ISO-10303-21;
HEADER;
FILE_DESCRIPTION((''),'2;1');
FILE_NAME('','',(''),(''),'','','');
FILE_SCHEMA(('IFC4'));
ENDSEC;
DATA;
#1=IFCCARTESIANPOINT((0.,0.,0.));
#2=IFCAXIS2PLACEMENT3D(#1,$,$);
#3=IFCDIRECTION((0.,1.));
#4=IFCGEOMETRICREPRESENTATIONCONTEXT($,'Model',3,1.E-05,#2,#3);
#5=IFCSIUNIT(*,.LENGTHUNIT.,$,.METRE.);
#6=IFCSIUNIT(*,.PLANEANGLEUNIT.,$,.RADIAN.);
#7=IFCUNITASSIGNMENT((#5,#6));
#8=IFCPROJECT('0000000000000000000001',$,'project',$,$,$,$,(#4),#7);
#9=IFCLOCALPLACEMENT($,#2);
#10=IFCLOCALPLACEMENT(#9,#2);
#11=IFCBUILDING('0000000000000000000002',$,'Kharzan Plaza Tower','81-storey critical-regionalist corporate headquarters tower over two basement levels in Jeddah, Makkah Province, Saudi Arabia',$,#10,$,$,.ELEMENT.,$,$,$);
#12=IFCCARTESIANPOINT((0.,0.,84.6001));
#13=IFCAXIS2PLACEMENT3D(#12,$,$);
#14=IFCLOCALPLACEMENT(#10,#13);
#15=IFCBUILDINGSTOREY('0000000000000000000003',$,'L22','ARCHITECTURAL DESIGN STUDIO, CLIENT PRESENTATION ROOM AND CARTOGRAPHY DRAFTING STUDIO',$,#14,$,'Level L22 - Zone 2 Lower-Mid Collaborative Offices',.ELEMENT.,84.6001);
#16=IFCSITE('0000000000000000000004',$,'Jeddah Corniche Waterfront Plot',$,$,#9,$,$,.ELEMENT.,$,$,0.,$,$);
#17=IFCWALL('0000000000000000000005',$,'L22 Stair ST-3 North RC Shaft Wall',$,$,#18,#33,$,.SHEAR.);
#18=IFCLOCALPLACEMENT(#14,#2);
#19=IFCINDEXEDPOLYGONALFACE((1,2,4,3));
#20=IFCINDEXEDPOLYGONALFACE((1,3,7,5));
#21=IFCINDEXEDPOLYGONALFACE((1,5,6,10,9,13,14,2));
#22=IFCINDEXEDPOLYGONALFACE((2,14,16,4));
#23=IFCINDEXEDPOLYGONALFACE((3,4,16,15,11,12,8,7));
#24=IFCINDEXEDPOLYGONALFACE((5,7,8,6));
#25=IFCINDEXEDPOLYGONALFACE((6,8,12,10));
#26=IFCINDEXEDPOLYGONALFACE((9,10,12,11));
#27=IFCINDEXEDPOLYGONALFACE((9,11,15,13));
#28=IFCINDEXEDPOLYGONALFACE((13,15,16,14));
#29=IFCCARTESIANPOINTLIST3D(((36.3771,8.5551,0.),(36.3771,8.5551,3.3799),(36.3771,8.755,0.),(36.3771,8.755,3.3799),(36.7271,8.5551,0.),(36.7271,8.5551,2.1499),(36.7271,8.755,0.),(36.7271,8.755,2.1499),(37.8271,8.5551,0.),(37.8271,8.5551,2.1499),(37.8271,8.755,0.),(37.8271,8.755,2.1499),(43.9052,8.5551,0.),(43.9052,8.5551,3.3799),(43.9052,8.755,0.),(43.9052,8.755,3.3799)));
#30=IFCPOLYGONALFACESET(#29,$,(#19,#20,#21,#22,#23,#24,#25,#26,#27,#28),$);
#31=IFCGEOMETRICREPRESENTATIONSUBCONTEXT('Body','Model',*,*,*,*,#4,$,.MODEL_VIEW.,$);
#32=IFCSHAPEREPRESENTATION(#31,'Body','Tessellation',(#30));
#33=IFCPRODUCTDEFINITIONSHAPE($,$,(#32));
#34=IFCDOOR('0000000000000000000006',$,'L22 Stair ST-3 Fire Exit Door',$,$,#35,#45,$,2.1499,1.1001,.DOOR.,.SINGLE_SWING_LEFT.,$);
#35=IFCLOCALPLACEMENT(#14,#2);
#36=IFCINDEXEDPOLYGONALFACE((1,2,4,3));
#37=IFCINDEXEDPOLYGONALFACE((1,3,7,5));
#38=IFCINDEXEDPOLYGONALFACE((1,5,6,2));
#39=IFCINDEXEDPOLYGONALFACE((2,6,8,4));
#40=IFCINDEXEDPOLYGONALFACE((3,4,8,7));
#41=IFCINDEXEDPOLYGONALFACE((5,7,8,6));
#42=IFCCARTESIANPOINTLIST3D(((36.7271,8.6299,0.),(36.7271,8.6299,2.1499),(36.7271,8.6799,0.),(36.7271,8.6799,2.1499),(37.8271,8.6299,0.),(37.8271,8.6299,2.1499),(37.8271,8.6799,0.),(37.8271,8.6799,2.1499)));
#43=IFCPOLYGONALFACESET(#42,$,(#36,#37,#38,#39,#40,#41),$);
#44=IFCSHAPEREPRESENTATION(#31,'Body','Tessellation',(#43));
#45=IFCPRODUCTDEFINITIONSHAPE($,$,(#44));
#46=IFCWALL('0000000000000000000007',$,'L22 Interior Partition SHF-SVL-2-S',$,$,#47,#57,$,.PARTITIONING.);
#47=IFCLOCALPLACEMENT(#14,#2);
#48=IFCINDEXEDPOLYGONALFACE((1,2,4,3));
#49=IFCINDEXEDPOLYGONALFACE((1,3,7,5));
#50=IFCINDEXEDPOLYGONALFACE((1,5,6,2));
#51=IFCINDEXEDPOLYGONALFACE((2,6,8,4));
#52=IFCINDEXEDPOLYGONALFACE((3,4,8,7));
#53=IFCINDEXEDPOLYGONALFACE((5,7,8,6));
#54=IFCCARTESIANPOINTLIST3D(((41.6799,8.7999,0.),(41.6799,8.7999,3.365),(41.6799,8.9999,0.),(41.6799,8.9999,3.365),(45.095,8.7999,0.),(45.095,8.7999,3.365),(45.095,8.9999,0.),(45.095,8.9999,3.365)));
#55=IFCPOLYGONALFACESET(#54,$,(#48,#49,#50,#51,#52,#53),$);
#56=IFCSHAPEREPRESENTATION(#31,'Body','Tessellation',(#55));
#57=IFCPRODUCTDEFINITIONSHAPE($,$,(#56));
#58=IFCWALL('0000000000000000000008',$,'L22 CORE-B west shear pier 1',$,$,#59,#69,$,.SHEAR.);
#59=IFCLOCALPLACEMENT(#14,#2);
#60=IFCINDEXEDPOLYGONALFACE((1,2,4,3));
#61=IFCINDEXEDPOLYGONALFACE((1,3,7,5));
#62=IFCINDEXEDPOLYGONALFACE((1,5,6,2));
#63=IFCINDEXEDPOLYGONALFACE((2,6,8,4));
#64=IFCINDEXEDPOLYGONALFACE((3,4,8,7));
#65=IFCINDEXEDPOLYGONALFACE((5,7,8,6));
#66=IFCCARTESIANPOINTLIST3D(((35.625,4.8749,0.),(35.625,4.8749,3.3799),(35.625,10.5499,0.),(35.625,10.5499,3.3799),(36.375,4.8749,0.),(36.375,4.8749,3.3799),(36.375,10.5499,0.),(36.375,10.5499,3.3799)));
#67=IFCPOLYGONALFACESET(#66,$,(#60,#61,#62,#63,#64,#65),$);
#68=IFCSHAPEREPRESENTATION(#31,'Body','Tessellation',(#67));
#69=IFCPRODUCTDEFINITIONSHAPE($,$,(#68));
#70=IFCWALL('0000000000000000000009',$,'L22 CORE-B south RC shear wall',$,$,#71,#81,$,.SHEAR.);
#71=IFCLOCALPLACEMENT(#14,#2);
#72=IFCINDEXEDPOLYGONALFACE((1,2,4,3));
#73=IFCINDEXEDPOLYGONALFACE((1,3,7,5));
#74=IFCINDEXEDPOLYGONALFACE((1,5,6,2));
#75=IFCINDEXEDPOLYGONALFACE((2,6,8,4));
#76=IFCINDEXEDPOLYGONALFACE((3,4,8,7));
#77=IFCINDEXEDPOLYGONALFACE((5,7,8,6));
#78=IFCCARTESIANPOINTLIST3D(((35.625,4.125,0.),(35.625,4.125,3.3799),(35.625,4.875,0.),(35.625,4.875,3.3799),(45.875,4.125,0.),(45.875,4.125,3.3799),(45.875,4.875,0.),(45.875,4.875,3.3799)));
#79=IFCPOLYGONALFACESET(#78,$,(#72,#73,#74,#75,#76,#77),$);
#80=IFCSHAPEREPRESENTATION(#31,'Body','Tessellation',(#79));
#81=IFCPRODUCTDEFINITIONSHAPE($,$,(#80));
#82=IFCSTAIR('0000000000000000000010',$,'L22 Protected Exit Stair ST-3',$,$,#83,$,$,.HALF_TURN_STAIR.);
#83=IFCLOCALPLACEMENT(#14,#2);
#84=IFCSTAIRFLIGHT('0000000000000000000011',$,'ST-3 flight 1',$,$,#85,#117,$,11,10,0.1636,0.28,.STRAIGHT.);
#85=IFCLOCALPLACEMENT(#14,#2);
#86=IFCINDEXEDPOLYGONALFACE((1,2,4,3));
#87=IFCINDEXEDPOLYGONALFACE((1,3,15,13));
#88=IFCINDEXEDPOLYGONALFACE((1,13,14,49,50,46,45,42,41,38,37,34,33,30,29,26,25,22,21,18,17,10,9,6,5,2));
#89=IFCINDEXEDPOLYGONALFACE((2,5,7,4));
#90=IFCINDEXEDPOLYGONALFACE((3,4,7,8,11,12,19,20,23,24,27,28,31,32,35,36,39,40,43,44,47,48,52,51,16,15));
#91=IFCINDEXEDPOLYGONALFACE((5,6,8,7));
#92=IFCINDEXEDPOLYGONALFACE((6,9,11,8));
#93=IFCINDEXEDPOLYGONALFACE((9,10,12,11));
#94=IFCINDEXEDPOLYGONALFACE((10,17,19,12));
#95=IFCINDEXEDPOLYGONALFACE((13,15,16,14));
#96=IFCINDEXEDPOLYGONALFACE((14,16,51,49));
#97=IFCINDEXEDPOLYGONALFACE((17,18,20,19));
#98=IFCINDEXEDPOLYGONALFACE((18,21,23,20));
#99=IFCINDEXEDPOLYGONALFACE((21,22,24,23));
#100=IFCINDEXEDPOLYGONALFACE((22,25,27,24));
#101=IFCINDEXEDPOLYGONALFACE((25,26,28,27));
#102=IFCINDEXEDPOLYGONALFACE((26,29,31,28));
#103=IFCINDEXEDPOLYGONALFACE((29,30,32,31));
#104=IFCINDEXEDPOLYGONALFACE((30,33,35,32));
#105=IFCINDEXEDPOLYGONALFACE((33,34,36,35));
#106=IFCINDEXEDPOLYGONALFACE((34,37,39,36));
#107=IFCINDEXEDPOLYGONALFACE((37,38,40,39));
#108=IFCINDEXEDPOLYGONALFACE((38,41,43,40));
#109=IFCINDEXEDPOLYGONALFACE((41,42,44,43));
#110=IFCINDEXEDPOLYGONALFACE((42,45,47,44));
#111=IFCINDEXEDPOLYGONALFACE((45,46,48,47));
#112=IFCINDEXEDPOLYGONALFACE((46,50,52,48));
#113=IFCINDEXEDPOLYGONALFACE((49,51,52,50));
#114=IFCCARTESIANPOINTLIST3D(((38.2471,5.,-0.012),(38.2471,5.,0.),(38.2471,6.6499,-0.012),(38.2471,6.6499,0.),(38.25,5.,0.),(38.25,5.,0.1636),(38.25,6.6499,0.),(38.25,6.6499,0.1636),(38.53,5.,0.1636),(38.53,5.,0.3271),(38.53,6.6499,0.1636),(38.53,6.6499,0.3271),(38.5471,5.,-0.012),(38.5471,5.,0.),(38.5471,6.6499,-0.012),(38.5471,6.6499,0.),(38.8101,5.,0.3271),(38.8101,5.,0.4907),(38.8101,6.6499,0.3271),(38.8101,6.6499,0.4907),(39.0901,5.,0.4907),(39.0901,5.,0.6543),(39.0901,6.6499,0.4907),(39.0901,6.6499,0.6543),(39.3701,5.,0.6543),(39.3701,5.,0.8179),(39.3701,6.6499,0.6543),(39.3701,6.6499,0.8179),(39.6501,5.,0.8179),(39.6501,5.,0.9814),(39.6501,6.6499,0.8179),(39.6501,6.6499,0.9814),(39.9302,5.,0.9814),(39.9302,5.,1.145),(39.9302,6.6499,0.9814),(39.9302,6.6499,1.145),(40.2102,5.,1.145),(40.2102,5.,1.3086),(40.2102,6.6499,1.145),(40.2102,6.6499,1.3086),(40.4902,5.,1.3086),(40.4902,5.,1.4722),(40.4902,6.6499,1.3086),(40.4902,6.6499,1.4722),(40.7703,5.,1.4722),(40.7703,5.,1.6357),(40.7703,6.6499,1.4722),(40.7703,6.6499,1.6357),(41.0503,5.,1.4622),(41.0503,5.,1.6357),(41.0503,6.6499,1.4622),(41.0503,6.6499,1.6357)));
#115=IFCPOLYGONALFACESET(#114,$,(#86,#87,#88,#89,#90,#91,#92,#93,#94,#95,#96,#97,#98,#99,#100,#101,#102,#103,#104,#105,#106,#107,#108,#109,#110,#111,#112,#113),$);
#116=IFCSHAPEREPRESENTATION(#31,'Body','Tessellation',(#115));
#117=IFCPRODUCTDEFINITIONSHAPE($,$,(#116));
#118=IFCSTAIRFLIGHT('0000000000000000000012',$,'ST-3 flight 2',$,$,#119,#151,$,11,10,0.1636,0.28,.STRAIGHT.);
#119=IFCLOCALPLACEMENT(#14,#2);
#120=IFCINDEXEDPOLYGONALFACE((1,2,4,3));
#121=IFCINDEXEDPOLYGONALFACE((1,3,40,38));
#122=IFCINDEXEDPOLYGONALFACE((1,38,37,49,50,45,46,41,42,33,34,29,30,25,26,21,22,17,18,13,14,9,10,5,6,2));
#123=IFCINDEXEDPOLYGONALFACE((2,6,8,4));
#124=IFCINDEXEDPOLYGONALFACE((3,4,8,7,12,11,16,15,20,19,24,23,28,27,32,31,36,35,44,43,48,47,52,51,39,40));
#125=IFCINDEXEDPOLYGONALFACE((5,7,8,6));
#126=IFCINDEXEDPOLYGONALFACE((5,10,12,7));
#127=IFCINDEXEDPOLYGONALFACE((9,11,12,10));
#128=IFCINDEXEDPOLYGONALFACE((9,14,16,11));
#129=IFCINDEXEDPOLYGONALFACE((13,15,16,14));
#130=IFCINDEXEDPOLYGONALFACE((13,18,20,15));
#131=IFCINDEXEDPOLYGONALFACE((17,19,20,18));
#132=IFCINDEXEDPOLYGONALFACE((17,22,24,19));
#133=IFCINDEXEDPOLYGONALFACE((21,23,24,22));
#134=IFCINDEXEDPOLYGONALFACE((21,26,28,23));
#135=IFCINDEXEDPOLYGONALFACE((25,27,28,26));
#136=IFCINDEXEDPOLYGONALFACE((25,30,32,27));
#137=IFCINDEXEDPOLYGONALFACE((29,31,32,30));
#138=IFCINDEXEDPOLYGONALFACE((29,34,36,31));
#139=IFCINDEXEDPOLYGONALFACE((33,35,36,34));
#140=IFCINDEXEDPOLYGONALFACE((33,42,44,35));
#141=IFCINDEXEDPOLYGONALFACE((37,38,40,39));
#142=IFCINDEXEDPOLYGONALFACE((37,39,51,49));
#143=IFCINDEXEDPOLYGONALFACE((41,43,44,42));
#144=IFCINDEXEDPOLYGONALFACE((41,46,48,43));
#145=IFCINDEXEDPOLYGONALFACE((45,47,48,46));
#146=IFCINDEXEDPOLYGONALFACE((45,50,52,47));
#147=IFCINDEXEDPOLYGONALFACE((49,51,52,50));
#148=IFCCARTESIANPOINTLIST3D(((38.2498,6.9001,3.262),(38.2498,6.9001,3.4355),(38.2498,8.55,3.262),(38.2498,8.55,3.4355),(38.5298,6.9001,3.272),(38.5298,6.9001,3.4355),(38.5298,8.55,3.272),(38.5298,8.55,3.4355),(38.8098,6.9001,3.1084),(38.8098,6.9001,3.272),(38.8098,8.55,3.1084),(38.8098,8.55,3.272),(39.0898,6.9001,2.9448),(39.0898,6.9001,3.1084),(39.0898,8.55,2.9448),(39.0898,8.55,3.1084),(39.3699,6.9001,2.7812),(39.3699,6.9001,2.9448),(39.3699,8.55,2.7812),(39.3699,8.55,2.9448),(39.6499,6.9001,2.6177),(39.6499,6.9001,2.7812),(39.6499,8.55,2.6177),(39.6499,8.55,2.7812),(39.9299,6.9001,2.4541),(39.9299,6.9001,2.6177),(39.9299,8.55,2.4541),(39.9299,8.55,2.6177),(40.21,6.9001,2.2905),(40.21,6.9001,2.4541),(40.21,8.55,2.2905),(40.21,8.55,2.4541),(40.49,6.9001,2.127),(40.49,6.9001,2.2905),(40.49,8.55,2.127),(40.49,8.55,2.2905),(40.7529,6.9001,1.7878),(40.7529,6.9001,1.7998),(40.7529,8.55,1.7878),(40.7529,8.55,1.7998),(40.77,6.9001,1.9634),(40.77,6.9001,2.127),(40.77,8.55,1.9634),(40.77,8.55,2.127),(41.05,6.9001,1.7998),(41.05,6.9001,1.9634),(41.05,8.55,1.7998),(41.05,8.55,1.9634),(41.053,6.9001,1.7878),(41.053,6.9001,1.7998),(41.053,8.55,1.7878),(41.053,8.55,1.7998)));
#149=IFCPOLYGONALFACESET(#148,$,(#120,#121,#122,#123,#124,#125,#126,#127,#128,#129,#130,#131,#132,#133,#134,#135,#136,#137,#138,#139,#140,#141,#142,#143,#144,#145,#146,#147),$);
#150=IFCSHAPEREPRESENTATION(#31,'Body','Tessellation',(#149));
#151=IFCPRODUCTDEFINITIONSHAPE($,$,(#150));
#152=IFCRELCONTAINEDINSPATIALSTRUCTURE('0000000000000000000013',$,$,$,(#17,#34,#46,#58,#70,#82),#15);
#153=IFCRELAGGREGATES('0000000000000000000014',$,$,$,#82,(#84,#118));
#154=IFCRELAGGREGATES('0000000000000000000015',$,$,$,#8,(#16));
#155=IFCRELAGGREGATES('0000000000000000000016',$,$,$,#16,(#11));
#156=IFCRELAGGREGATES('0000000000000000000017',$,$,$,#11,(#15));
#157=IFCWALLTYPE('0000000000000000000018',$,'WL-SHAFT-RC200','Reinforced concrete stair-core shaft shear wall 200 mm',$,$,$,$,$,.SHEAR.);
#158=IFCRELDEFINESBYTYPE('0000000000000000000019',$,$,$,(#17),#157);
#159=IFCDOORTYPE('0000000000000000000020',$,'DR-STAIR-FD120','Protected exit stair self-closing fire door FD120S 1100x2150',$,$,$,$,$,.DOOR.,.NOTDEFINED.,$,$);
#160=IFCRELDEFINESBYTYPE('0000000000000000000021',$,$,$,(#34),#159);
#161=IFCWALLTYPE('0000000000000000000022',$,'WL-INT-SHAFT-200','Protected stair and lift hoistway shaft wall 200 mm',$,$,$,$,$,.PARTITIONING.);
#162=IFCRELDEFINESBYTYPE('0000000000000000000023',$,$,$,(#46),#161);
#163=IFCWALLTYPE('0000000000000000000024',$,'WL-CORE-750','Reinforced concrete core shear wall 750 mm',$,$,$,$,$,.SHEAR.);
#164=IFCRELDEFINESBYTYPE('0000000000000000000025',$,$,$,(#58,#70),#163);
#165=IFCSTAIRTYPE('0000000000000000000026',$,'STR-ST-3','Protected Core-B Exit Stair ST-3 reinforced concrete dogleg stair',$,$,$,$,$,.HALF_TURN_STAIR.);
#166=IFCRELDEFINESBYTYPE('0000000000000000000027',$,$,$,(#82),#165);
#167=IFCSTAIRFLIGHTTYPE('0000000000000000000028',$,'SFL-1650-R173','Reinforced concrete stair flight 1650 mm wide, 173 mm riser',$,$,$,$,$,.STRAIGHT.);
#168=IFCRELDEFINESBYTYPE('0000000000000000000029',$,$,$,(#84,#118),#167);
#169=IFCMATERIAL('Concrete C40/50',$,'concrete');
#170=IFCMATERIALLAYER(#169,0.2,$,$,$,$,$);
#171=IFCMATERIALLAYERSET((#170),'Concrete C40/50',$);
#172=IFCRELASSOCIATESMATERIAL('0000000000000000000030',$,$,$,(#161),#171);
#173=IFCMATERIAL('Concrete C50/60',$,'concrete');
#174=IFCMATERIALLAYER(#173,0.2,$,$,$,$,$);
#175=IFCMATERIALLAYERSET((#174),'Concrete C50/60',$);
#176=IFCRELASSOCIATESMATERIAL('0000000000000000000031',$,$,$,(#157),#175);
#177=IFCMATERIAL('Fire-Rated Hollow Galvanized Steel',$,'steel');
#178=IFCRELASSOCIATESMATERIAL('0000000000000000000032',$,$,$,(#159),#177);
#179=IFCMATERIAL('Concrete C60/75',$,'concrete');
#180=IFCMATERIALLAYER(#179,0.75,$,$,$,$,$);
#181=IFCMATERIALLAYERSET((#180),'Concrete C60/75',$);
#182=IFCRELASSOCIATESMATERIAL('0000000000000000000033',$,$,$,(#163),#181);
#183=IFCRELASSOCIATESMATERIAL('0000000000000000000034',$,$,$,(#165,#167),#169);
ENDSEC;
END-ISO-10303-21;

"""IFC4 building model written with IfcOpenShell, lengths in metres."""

from ifc_helpers import new_model, si_unit, direction, frame, frame_2d, origin, place, context, subcontext, project, spatial, polyline, rectangle, outline, extrude, source, transform, mapped, material, layer, layer_set, type_object, element, fill, aggregate, save


model = new_model("IFC4")

# Units and contexts
model_context = context("Model", 3, precision=1e-05, world=origin(), true_north=direction((0.0, 1.0)))
body_context = subcontext(model_context, "Body", "Model", "MODEL_VIEW")
ifc_project = project(units=[si_unit("LENGTHUNIT", "METRE"), si_unit("PLANEANGLEUNIT", "RADIAN")], contexts=[model_context])

# Site, building, storey
site_placement = place(None, origin())
site = spatial("IfcSite", under=ifc_project, at=site_placement, Name="Jeddah Corniche Waterfront Plot", CompositionType="ELEMENT", RefElevation=0.0)
building_placement = place(site_placement, origin())
building = spatial("IfcBuilding", under=site, at=building_placement, Name="Kharzan Plaza Tower", Description="81-storey critical-regionalist corporate headquarters tower over two basement levels in Jeddah, Makkah Province, Saudi Arabia", CompositionType="ELEMENT")
storey_placement = place(building_placement, frame((0.0, 0.0, 84.6001)))
storey = spatial("IfcBuildingStorey", under=building, at=storey_placement, Name="L22", Description="ARCHITECTURAL DESIGN STUDIO, CLIENT PRESENTATION ROOM AND CARTOGRAPHY DRAFTING STUDIO", LongName="Level L22 - Zone 2 Lower-Mid Collaborative Offices", CompositionType="ELEMENT", Elevation=84.6001)

# Shared definitions
ifc_material_1 = material(Name="Concrete C60/75", Category="concrete")

# Shared definitions
ifc_material_2 = material(Name="Concrete C40/50", Category="concrete")

# Wall, opening, door
ifc_layer_1 = layer(ifc_material_2, 0.2)
ifc_layer_set_1 = layer_set([ifc_layer_1], Name="Concrete C40/50")
wall_type_1 = type_object("IfcWallType", Name="WL-INT-SHAFT-200", Description="Protected stair and lift hoistway shaft wall 200 mm", PredefinedType="PARTITIONING", material=ifc_layer_set_1)
ifc_material_3 = material(Name="Concrete C50/60", Category="concrete")
ifc_layer_2 = layer(ifc_material_3, 0.2)
ifc_layer_set_2 = layer_set([ifc_layer_2], Name="Concrete C50/60")
wall_type_2 = type_object("IfcWallType", Name="WL-SHAFT-RC200", Description="Reinforced concrete stair-core shaft shear wall 200 mm", PredefinedType="SHEAR", material=ifc_layer_set_2)
wall_1_placement = place(storey_placement, frame((36.377, 8.655, 0.0), z_axis=(0.0, 0.0, 1.0), x_axis=(1.0, 0.0, 0.0)))
wall_1 = element("IfcWall", 1, at=wall_1_placement, inside=storey, type_object=wall_type_2, Name="L22 Stair ST-3 North RC Shaft Wall", PredefinedType="SHEAR", context=body_context, shape_type="SweptSolid", body=[
    extrude(rectangle(XDim=7.5281, YDim=0.2, at=frame_2d((3.7642, 0.0))), origin(), (0.0, 0.0, 1.0), 3.3799),
])
opening_1_placement = place(wall_1_placement, frame((0.3501, 0.0, 0.0)))
opening_1 = element("IfcOpeningElement", 2, at=opening_1_placement, cuts=wall_1, PredefinedType="OPENING", context=body_context, shape_type="SweptSolid", body=[
    extrude(rectangle(XDim=1.1001, YDim=2.1499, at=frame_2d((0.55, 1.075))), frame((0.0, 0.1099, 0.0), z_axis=(0.0, -1.0, 0.0), x_axis=(1.0, 0.0, 0.0)), (0.0, 0.0, 1.0), 0.22),
])
ifc_material_4 = material(Name="Fire-Rated Hollow Galvanized Steel", Category="steel")
door_type_1 = type_object("IfcDoorType", Name="DR-STAIR-FD120", Description="Protected exit stair self-closing fire door FD120S 1100x2150", OperationType="NOTDEFINED", PredefinedType="DOOR", material=ifc_material_4)
shared_shape_1 = source(origin(), body_context, "Body", "SweptSolid", [
    extrude(rectangle(XDim=1.1001, YDim=2.1499, at=frame_2d((0.55, 1.075))), frame((0.0, 0.0249, 0.0), z_axis=(0.0, -1.0, 0.0), x_axis=(1.0, 0.0, 0.0)), (0.0, 0.0, 1.0), 0.05),
])
door_1_placement = place(opening_1_placement, origin())
door_1 = element("IfcDoor", 3, at=door_1_placement, inside=storey, type_object=door_type_1, Name="L22 Stair ST-3 Fire Exit Door", OperationType="SINGLE_SWING_LEFT", OverallHeight=2.1499, OverallWidth=1.1001, PredefinedType="DOOR", context=body_context, shape_type="MappedRepresentation", body=[
    mapped(shared_shape_1, transform((0.0, 0.0, 0.0), x_axis=(1.0, 0.0, 0.0), y_axis=(0.0, 1.0, 0.0), z_axis=(0.0, 0.0, 1.0))),
])
fill(opening_1, door_1)

# Walls
shared_shape_2 = source(origin(), body_context, "Body", "SweptSolid", [
    extrude(rectangle(XDim=3.415, YDim=0.2, at=frame_2d((1.7075, 0.0))), origin(), (0.0, 0.0, 1.0), 3.365),
])
wall_2_placement = place(storey_placement, frame((41.6799, 8.8999, 0.0), z_axis=(0.0, 0.0, 1.0), x_axis=(1.0, 0.0, 0.0)))
element("IfcWall", 4, at=wall_2_placement, inside=storey, type_object=wall_type_1, Name="L22 Interior Partition SHF-SVL-2-S", PredefinedType="PARTITIONING", context=body_context, shape_type="MappedRepresentation", body=[
    mapped(shared_shape_2, transform((0.0, 0.0, 0.0), x_axis=(1.0, 0.0, 0.0), y_axis=(0.0, 1.0, 0.0), z_axis=(0.0, 0.0, 1.0))),
])
ifc_layer_3 = layer(ifc_material_1, 0.75)
ifc_layer_set_3 = layer_set([ifc_layer_3], Name="Concrete C60/75")
wall_type_3 = type_object("IfcWallType", Name="WL-CORE-750", Description="Reinforced concrete core shear wall 750 mm", PredefinedType="SHEAR", material=ifc_layer_set_3)
shared_shape_3 = source(origin(), body_context, "Body", "SweptSolid", [
    extrude(rectangle(XDim=5.675, YDim=0.75, at=frame_2d((2.8374, 0.0))), origin(), (0.0, 0.0, 1.0), 3.3799),
])
wall_3_placement = place(storey_placement, frame((36.0, 4.875, 0.0), z_axis=(0.0, 0.0, 1.0), x_axis=(0.0, 1.0, 0.0)))
element("IfcWall", 5, at=wall_3_placement, inside=storey, type_object=wall_type_3, Name="L22 CORE-B west shear pier 1", PredefinedType="SHEAR", context=body_context, shape_type="MappedRepresentation", body=[
    mapped(shared_shape_3, transform((0.0, 0.0, 0.0), x_axis=(1.0, 0.0, 0.0), y_axis=(0.0, 1.0, 0.0), z_axis=(0.0, 0.0, 1.0))),
])
shared_shape_4 = source(origin(), body_context, "Body", "SweptSolid", [
    extrude(rectangle(XDim=10.25, YDim=0.75, at=frame_2d((5.125, 0.0))), origin(), (0.0, 0.0, 1.0), 3.3799),
])
wall_4_placement = place(storey_placement, frame((35.625, 4.5, 0.0), z_axis=(0.0, 0.0, 1.0), x_axis=(1.0, 0.0, 0.0)))
element("IfcWall", 6, at=wall_4_placement, inside=storey, type_object=wall_type_3, Name="L22 CORE-B south RC shear wall", PredefinedType="SHEAR", context=body_context, shape_type="MappedRepresentation", body=[
    mapped(shared_shape_4, transform((0.0, 0.0, 0.0), x_axis=(1.0, 0.0, 0.0), y_axis=(0.0, 1.0, 0.0), z_axis=(0.0, 0.0, 1.0))),
])

# Stair, stair flights
stair_type = type_object("IfcStairType", Name="STR-ST-3", Description="Protected Core-B Exit Stair ST-3 reinforced concrete dogleg stair", PredefinedType="HALF_TURN_STAIR", material=ifc_material_2)
stair_placement = place(storey_placement, origin())
stair = element("IfcStair", 7, at=stair_placement, inside=storey, type_object=stair_type, Name="L22 Protected Exit Stair ST-3", PredefinedType="HALF_TURN_STAIR")
stair_flight_type = type_object("IfcStairFlightType", Name="SFL-1650-R173", Description="Reinforced concrete stair flight 1650 mm wide, 173 mm riser", PredefinedType="STRAIGHT", material=ifc_material_2)
shared_shape_5 = source(origin(), body_context, "Body", "SweptSolid", [
    extrude(outline(polyline([(-0.0029, -0.012), (-0.0029, 0.0), (0.0, 0.0), (0.0, 0.1636), (0.28, 0.1636), (0.28, 0.3271), (0.5601, 0.3271), (0.5601, 0.4907), (0.8401, 0.4907), (0.8401, 0.6543), (1.1201, 0.6543), (1.1201, 0.8179), (1.4001, 0.8179), (1.4001, 0.9814), (1.6802, 0.9814), (1.6802, 1.145), (1.9602, 1.145), (1.9602, 1.3086), (2.2402, 1.3086), (2.2402, 1.4722), (2.5203, 1.4722), (2.5203, 1.6357), (2.8003, 1.6357), (2.8003, 1.7993), (2.8003, 1.4622), (0.2971, 0.0), (0.2971, -0.012), (-0.0029, -0.012)])), frame((0.0, 0.825, 0.0), z_axis=(0.0, -1.0, 0.0), x_axis=(1.0, 0.0, 0.0)), (0.0, 0.0, 1.0), 1.6499),
])
stair_flight_1_placement = place(storey_placement, frame((38.25, 5.825, 0.0), z_axis=(0.0, 0.0, 1.0), x_axis=(1.0, 0.0, 0.0)))
stair_flight_1 = element("IfcStairFlight", 8, at=stair_flight_1_placement, type_object=stair_flight_type, Name="ST-3 flight 1", NumberOfRisers=11, NumberOfTreads=10, PredefinedType="STRAIGHT", RiserHeight=0.1636, TreadLength=0.28, context=body_context, shape_type="MappedRepresentation", body=[
    mapped(shared_shape_5, transform((0.0, 0.0, 0.0), x_axis=(1.0, 0.0, 0.0), y_axis=(0.0, 1.0, 0.0), z_axis=(0.0, 0.0, 1.0))),
])
stair_flight_2_placement = place(storey_placement, frame((41.05, 7.7251, 1.7998), z_axis=(0.0, 0.0, 1.0), x_axis=(-1.0, 0.0, 0.0)))
stair_flight_2 = element("IfcStairFlight", 9, at=stair_flight_2_placement, type_object=stair_flight_type, Name="ST-3 flight 2", NumberOfRisers=11, NumberOfTreads=10, PredefinedType="STRAIGHT", RiserHeight=0.1636, TreadLength=0.28, context=body_context, shape_type="MappedRepresentation", body=[
    mapped(shared_shape_5, transform((0.0, 0.0, 0.0), x_axis=(1.0, 0.0, 0.0), y_axis=(0.0, 1.0, 0.0), z_axis=(0.0, 0.0, 1.0))),
])
aggregate(stair, [stair_flight_1, stair_flight_2])

save(model, "model.ifc")
